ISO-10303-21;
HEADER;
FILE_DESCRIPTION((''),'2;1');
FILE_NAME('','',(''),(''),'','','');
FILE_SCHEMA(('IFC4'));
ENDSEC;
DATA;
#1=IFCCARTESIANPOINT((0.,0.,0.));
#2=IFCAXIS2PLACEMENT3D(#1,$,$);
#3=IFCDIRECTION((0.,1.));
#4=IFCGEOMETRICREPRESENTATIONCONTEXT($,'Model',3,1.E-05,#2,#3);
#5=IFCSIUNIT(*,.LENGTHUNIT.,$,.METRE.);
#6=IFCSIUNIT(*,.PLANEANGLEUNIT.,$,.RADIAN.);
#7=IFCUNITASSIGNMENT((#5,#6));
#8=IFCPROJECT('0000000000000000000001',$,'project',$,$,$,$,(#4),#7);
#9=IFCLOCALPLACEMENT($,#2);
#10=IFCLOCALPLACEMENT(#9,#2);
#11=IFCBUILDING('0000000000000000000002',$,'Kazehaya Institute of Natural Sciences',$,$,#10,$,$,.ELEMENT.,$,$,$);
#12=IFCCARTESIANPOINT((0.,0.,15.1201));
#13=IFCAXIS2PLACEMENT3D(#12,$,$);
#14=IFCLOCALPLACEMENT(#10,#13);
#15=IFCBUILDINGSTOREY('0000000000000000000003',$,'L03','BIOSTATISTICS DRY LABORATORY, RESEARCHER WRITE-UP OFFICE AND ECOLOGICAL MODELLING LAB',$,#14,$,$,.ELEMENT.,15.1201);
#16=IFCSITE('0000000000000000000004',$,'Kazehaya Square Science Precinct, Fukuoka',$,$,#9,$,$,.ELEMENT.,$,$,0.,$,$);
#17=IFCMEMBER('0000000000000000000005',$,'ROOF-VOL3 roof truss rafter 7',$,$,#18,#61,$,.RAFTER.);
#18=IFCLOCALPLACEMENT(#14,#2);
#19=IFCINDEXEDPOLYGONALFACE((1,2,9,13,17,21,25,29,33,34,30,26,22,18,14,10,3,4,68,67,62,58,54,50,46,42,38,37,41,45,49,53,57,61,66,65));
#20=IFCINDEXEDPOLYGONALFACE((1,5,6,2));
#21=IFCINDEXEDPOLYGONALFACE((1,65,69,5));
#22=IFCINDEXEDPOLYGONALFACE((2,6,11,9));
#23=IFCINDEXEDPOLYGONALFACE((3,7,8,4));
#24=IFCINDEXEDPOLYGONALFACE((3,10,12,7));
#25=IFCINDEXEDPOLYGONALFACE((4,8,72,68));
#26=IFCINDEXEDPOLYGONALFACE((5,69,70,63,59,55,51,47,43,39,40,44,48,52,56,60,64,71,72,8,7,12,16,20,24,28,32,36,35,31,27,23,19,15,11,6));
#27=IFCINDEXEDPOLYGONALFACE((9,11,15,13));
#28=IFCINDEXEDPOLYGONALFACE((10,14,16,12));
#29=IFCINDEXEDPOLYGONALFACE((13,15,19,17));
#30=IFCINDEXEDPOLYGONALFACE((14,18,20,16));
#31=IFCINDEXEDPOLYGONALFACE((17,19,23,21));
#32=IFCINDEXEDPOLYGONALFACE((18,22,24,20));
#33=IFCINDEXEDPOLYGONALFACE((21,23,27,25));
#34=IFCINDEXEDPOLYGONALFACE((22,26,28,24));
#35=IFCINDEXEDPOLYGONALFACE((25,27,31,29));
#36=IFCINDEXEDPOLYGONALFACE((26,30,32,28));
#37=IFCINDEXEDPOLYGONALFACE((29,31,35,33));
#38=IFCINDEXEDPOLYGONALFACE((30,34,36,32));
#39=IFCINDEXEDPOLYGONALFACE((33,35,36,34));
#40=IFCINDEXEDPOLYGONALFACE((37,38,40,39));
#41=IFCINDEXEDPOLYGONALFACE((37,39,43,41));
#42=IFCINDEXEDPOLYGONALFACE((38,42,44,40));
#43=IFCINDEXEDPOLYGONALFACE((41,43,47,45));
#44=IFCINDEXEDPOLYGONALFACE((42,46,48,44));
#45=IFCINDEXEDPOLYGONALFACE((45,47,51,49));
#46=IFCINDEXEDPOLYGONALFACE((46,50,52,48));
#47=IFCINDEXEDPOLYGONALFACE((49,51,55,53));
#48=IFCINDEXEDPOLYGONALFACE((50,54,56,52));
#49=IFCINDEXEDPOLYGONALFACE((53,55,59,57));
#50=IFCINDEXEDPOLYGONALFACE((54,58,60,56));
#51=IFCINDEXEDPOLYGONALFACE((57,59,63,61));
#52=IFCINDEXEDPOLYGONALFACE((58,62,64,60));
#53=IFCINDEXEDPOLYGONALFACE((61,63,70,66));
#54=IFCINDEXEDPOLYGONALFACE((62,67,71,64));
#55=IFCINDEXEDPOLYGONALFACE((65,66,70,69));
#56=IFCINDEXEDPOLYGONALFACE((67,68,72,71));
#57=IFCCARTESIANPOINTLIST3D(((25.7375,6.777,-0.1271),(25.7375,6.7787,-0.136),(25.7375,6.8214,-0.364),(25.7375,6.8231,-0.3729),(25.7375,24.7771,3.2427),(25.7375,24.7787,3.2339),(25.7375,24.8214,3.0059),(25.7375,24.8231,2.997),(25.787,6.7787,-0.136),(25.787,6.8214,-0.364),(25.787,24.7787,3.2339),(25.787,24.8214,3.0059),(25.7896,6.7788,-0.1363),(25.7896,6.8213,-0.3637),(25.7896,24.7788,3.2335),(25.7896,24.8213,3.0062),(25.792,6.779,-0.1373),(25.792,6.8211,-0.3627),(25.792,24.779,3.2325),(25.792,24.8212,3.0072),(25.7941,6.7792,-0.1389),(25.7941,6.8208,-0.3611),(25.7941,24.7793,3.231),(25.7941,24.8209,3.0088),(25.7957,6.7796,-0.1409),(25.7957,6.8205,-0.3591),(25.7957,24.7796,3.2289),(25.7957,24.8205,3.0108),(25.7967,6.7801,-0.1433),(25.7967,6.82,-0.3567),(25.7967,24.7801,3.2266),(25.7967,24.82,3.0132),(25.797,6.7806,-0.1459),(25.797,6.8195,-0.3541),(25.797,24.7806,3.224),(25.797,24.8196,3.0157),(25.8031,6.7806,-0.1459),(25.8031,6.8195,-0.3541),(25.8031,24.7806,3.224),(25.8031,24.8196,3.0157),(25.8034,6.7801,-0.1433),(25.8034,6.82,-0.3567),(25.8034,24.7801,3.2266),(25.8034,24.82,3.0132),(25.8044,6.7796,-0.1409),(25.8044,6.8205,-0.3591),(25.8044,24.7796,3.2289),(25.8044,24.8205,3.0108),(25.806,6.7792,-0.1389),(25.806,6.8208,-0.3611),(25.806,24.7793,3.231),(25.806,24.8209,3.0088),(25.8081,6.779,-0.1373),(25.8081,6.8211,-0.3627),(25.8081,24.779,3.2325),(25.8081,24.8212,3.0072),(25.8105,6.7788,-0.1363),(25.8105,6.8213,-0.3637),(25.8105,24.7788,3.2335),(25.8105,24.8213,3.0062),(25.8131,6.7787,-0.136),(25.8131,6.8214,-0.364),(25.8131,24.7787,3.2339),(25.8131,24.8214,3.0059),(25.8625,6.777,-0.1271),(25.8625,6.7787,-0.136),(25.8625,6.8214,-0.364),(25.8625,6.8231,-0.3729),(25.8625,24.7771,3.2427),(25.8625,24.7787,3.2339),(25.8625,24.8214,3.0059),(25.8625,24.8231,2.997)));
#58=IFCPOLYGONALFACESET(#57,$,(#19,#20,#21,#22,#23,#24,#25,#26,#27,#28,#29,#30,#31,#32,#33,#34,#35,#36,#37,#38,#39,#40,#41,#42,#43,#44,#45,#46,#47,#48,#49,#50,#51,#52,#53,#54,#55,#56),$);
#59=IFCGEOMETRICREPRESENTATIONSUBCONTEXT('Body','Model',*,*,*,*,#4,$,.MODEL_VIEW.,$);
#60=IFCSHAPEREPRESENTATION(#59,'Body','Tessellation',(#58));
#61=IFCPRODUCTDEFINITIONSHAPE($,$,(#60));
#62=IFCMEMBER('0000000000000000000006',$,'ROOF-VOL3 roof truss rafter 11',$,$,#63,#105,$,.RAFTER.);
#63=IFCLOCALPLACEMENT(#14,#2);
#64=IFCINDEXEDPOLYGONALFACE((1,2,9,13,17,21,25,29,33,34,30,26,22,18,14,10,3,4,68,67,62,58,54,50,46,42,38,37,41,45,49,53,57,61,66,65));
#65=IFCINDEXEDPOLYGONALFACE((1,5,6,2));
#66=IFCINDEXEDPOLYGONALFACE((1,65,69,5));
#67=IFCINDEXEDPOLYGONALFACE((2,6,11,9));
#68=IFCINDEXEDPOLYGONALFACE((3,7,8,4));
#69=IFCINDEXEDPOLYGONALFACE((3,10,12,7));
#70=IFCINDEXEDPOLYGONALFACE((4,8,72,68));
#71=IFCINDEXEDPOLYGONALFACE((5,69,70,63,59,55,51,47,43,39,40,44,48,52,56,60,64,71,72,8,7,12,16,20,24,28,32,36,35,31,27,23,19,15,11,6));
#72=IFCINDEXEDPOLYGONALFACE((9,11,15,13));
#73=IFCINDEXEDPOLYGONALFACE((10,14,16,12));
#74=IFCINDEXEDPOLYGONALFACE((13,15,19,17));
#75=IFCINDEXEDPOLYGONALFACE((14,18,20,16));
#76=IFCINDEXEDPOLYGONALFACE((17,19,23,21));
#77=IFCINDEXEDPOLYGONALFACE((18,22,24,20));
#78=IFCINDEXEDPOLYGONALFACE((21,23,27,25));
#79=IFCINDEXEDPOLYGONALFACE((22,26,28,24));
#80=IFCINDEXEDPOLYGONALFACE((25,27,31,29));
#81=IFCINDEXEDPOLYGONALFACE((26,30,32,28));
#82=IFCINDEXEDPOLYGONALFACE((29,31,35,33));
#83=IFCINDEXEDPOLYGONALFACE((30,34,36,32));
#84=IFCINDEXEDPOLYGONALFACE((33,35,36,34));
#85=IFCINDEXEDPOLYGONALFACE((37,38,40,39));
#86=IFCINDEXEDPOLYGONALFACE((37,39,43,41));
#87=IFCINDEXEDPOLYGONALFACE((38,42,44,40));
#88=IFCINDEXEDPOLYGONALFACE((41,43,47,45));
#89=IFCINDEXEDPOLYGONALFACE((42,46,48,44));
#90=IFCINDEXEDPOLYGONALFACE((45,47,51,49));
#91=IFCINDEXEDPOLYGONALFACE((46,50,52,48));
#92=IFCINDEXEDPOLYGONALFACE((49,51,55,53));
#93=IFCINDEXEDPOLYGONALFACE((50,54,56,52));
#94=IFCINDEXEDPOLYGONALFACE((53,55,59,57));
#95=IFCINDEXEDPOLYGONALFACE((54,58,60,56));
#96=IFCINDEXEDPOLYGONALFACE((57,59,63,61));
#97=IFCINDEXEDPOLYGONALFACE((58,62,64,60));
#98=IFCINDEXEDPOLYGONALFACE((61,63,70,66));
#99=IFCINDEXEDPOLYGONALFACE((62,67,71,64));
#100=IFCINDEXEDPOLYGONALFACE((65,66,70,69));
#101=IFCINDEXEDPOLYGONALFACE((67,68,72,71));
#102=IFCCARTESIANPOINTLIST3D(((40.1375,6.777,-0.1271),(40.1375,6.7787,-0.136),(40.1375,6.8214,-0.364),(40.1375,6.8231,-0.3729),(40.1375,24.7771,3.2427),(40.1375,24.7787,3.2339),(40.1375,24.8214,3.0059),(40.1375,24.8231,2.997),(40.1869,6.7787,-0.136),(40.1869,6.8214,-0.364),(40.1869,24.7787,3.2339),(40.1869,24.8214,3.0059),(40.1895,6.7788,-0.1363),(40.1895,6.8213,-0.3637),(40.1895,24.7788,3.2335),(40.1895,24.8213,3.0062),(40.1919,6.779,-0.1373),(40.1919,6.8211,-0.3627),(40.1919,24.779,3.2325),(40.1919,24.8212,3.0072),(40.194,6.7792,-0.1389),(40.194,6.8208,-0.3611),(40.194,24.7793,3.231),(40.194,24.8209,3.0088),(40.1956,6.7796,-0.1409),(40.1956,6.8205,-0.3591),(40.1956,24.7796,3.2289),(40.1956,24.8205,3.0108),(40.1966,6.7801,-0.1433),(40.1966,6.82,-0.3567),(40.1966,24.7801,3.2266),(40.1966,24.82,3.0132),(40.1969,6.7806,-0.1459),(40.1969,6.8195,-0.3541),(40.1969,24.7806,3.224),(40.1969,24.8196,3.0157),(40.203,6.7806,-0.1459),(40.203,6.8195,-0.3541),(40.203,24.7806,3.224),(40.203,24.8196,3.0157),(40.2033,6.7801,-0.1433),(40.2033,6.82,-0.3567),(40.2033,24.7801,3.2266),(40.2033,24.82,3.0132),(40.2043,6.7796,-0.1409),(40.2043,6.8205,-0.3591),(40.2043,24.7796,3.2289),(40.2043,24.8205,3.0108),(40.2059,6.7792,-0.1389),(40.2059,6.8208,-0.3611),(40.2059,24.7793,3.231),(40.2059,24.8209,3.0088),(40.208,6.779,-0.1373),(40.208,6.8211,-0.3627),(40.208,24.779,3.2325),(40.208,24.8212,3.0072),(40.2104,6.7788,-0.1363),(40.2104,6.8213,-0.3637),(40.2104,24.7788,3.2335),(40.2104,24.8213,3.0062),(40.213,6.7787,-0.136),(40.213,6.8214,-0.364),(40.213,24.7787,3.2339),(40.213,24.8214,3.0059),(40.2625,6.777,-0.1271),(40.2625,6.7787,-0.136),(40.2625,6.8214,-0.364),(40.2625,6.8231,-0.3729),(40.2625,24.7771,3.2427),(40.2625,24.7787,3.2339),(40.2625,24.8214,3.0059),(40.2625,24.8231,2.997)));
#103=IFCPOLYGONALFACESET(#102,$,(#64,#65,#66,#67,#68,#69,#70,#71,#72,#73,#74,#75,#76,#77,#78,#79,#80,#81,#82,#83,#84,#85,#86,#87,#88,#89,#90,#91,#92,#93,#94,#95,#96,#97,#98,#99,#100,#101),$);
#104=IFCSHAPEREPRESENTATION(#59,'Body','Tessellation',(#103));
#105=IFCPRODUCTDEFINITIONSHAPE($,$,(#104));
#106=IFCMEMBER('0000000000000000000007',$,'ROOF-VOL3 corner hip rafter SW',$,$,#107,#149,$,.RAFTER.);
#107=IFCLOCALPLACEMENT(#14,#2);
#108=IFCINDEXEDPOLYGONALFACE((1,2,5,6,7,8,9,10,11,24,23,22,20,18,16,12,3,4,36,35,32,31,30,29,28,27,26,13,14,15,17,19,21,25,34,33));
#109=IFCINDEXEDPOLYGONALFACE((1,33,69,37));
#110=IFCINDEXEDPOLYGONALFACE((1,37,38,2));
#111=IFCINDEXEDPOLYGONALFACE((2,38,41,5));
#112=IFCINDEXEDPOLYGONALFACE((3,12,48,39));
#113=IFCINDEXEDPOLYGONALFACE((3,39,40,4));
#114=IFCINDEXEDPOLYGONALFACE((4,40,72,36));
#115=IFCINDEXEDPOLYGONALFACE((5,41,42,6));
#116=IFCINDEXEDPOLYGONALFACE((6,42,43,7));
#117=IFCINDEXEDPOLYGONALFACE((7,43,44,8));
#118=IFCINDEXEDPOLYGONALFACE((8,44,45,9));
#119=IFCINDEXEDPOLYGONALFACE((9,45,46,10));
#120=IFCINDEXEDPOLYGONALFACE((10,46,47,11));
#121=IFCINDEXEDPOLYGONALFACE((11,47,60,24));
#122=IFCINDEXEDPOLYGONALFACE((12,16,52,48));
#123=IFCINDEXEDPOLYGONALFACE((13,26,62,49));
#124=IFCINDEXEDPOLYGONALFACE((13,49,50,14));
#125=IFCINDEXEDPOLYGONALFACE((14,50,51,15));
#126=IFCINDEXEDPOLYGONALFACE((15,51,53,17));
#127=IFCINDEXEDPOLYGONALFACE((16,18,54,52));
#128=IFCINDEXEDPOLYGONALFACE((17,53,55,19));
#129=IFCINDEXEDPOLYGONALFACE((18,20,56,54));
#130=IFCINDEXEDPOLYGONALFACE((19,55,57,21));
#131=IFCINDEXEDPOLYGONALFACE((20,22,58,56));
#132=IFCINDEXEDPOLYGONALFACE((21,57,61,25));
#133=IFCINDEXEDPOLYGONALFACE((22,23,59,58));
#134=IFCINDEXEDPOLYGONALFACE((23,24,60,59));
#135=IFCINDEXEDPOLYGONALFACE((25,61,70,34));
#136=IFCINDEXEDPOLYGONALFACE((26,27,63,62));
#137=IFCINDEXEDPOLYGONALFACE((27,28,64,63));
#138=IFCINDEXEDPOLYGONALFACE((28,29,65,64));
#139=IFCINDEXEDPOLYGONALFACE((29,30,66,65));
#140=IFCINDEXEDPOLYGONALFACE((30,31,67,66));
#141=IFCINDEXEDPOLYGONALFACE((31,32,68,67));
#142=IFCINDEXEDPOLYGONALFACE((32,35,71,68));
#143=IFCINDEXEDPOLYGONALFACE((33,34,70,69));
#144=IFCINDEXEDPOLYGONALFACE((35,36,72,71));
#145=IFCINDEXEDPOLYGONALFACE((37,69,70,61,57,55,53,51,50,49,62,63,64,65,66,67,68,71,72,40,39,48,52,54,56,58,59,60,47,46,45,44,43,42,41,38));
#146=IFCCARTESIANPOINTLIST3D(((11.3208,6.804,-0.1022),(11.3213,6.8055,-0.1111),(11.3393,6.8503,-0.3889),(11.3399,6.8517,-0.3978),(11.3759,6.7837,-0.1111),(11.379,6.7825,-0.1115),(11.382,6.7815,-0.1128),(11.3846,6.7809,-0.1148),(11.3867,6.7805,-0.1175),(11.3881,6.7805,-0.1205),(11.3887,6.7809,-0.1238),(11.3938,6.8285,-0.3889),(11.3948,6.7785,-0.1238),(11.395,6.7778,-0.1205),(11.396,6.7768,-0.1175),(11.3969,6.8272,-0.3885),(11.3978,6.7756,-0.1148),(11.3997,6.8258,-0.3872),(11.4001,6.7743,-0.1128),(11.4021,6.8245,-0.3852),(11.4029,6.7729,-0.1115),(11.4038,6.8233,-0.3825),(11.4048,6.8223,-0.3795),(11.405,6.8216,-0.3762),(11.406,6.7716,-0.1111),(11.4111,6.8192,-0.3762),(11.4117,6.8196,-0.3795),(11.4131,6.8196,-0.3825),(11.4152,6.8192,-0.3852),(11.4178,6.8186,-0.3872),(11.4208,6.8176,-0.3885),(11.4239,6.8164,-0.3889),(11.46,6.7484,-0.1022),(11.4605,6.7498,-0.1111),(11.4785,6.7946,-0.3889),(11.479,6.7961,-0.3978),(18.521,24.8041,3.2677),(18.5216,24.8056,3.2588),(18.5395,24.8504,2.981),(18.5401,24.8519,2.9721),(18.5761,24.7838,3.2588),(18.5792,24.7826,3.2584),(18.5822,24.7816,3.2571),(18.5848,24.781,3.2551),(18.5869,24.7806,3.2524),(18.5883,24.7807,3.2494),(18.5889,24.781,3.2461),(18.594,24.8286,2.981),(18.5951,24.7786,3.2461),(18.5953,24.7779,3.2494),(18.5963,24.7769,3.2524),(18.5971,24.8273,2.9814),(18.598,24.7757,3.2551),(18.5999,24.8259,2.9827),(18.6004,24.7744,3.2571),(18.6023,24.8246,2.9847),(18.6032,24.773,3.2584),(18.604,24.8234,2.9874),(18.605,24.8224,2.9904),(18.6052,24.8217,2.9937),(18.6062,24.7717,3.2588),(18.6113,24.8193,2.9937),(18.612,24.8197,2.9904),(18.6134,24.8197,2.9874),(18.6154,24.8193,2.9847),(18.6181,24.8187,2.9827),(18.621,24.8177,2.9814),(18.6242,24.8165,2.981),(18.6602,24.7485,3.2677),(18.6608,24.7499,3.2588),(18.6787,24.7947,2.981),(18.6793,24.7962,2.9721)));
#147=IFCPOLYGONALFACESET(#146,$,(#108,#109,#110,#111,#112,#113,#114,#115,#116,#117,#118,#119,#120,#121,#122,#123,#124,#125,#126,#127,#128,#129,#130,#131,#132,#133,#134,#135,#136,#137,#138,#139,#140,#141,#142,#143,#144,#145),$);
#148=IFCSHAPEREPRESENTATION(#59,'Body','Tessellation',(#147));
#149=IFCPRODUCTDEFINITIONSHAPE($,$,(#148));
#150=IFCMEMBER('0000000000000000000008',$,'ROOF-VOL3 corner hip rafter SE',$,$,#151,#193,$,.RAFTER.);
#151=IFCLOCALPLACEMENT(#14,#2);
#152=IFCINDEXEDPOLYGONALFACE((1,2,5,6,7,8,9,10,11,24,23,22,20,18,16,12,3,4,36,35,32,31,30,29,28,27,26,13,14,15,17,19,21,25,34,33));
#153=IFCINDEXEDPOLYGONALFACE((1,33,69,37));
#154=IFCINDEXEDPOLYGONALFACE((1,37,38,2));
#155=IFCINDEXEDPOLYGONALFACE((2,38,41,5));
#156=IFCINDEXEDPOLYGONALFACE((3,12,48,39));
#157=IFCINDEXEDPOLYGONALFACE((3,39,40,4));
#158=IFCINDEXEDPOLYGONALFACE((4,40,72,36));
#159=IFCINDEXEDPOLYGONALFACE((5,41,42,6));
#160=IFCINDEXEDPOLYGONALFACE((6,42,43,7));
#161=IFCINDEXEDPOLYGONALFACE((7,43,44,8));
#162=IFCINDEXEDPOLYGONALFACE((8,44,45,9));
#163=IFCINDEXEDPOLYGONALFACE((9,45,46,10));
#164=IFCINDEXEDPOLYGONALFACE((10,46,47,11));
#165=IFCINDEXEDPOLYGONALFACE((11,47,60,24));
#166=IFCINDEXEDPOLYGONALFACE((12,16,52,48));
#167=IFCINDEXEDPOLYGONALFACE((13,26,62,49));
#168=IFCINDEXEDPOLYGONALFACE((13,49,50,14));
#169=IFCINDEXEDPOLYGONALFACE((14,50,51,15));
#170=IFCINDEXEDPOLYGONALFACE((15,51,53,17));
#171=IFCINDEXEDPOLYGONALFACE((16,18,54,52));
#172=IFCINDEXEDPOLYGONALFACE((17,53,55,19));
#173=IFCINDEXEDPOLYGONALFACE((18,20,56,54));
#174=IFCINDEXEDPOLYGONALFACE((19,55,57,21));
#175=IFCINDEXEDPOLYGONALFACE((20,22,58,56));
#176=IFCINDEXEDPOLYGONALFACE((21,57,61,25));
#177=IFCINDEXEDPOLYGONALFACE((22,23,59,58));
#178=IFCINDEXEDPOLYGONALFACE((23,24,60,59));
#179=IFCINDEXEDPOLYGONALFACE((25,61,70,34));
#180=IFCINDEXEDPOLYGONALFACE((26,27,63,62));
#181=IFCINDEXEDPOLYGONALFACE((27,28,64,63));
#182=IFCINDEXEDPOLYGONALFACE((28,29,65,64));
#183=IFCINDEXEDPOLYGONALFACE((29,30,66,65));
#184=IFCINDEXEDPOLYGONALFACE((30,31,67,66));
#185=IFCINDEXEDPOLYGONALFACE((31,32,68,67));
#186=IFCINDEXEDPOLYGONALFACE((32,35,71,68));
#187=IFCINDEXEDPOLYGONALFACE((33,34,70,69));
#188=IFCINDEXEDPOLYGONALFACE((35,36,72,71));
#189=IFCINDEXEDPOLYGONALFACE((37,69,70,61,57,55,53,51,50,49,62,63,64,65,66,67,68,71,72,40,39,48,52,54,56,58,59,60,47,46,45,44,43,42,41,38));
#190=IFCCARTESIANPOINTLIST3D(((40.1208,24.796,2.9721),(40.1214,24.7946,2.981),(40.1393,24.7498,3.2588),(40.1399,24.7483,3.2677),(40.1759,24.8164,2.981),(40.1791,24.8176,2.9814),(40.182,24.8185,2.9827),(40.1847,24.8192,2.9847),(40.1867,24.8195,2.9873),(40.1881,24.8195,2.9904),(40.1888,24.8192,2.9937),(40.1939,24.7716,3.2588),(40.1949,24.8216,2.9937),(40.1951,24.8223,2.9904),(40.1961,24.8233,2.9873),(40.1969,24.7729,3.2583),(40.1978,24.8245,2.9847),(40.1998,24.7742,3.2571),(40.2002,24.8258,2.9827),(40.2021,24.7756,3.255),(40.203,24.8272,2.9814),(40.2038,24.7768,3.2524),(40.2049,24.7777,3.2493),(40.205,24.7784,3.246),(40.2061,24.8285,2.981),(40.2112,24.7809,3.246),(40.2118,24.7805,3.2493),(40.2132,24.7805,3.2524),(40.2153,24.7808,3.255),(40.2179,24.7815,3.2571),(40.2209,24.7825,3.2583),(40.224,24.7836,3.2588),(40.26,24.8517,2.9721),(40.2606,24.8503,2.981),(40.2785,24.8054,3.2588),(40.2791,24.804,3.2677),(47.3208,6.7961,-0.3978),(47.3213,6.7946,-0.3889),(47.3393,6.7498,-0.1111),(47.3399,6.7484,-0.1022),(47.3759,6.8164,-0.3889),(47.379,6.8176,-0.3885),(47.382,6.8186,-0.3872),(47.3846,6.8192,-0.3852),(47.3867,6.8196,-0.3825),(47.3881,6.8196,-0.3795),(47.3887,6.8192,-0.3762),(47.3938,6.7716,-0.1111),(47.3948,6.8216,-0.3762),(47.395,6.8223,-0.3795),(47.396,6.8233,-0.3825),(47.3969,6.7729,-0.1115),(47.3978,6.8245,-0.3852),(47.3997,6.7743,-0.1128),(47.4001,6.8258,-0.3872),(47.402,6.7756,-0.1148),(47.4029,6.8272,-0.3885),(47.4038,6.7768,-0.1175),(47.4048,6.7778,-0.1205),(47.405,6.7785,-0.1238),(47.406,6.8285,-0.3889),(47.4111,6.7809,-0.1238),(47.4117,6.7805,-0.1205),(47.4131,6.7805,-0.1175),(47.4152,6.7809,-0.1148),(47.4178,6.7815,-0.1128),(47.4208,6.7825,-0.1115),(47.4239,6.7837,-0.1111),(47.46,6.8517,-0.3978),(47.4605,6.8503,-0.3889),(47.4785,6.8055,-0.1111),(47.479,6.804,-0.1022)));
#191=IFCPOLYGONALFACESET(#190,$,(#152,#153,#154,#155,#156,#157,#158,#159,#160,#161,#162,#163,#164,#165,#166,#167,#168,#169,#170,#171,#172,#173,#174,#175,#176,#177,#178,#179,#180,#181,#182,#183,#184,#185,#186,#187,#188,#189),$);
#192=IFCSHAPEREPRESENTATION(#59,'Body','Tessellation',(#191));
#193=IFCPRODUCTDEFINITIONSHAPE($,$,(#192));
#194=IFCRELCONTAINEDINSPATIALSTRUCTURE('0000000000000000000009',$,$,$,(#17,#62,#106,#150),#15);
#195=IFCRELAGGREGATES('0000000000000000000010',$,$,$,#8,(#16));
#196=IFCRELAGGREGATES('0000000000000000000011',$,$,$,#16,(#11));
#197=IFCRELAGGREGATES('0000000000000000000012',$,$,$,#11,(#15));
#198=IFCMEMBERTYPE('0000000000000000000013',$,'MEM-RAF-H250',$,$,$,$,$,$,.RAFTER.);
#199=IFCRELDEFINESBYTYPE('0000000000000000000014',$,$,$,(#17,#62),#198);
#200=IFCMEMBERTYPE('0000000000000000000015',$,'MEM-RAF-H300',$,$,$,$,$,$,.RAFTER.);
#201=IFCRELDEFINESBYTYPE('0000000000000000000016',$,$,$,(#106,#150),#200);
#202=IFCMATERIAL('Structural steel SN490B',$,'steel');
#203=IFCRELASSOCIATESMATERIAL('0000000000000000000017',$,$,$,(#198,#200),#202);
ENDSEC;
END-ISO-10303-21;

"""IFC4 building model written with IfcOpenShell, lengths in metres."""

from ifc_helpers import new_model, si_unit, direction, frame, origin, origin_2d, place, context, subcontext, project, spatial, i_section, extrude, material, material_profile, profile_set, type_object, element, save


model = new_model("IFC4")

# Units and contexts
model_context = context("Model", 3, precision=1e-05, world=origin(), true_north=direction((0.0, 1.0)))
body_context = subcontext(model_context, "Body", "Model", "MODEL_VIEW")
ifc_project = project(units=[si_unit("LENGTHUNIT", "METRE"), si_unit("PLANEANGLEUNIT", "RADIAN")], contexts=[model_context])

# Site, building, storey
site_placement = place(None, origin())
site = spatial("IfcSite", under=ifc_project, at=site_placement, Name="Kazehaya Square Science Precinct, Fukuoka", CompositionType="ELEMENT", RefElevation=0.0)
building_placement = place(site_placement, origin())
building = spatial("IfcBuilding", under=site, at=building_placement, Name="Kazehaya Institute of Natural Sciences", CompositionType="ELEMENT")
storey_placement = place(building_placement, frame((0.0, 0.0, 15.1201)))
storey = spatial("IfcBuildingStorey", under=building, at=storey_placement, Name="L03", Description="BIOSTATISTICS DRY LABORATORY, RESEARCHER WRITE-UP OFFICE AND ECOLOGICAL MODELLING LAB", CompositionType="ELEMENT", Elevation=15.1201)

# Shared definitions
ifc_material_1 = material(Name="Structural steel SN490B", Category="steel")

# Members
ifc_material_profile_1 = material_profile(ifc_material_1, i_section(OverallWidth=0.125, OverallDepth=0.25, WebThickness=0.0061, FlangeThickness=0.009, FilletRadius=0.01, at=origin_2d()), Name="H-250x125x6x9")
ifc_profile_set_1 = profile_set([ifc_material_profile_1], Name="Structural steel SN490B")
member_type_1 = type_object("IfcMemberType", Name="MEM-RAF-H250", PredefinedType="RAFTER", material=ifc_profile_set_1)
for number, where, z_axis, x_axis, name in (
    (1, (25.8, 6.8, -0.25), (0.0, 0.982923, 0.184018), (-1.0, 0.0, 0.0), "ROOF-VOL3 roof truss rafter 7"),
    (2, (40.2, 6.8, -0.25), (0.0, 0.982923, 0.184018), (-1.0, 0.0, 0.0), "ROOF-VOL3 roof truss rafter 11"),
):
    element("IfcMember", number, at=place(storey_placement, frame(where, z_axis=z_axis, x_axis=x_axis)), inside=storey, type_object=member_type_1, Name=name, PredefinedType="RAFTER", context=body_context, shape_type="SweptSolid", body=[
        extrude(i_section(OverallWidth=0.125, OverallDepth=0.25, WebThickness=0.0061, FlangeThickness=0.009, FilletRadius=0.01, at=origin_2d()), origin(), (0.0, 0.0, 1.0), 18.3127),
    ])
ifc_material_profile_2 = material_profile(ifc_material_1, i_section(OverallWidth=0.1499, OverallDepth=0.3, WebThickness=0.0066, FlangeThickness=0.009, FilletRadius=0.0129, at=origin_2d()), Name="H-300x150x6.5x9")
ifc_profile_set_2 = profile_set([ifc_material_profile_2], Name="Structural steel SN490B")
member_type_2 = type_object("IfcMemberType", Name="MEM-RAF-H300", PredefinedType="RAFTER", material=ifc_profile_set_2)
member_1_placement = place(storey_placement, frame((11.3999, 6.8, -0.25), z_axis=(0.365912, 0.914756, 0.171256), x_axis=(-0.928473, 0.371399, 0.0)))
element("IfcMember", 3, at=member_1_placement, inside=storey, type_object=member_type_2, Name="ROOF-VOL3 corner hip rafter SW", PredefinedType="RAFTER", context=body_context, shape_type="SweptSolid", body=[
    extrude(i_section(OverallWidth=0.1499, OverallDepth=0.3, WebThickness=0.0066, FlangeThickness=0.009, FilletRadius=0.0129, at=origin_2d()), origin(), (0.0, 0.0, 1.0), 19.6775),
])
member_2_placement = place(storey_placement, frame((47.3999, 6.8, -0.25), z_axis=(-0.365902, 0.914761, 0.171257), x_axis=(-0.928478, -0.371389, 0.0)))
element("IfcMember", 4, at=member_2_placement, inside=storey, type_object=member_type_2, Name="ROOF-VOL3 corner hip rafter SE", PredefinedType="RAFTER", context=body_context, shape_type="SweptSolid", body=[
    extrude(i_section(OverallWidth=0.1499, OverallDepth=0.3, WebThickness=0.0066, FlangeThickness=0.009, FilletRadius=0.0129, at=origin_2d()), origin(), (0.0, 0.0, 1.0), 19.6772),
])

save(model, "model.ifc")
